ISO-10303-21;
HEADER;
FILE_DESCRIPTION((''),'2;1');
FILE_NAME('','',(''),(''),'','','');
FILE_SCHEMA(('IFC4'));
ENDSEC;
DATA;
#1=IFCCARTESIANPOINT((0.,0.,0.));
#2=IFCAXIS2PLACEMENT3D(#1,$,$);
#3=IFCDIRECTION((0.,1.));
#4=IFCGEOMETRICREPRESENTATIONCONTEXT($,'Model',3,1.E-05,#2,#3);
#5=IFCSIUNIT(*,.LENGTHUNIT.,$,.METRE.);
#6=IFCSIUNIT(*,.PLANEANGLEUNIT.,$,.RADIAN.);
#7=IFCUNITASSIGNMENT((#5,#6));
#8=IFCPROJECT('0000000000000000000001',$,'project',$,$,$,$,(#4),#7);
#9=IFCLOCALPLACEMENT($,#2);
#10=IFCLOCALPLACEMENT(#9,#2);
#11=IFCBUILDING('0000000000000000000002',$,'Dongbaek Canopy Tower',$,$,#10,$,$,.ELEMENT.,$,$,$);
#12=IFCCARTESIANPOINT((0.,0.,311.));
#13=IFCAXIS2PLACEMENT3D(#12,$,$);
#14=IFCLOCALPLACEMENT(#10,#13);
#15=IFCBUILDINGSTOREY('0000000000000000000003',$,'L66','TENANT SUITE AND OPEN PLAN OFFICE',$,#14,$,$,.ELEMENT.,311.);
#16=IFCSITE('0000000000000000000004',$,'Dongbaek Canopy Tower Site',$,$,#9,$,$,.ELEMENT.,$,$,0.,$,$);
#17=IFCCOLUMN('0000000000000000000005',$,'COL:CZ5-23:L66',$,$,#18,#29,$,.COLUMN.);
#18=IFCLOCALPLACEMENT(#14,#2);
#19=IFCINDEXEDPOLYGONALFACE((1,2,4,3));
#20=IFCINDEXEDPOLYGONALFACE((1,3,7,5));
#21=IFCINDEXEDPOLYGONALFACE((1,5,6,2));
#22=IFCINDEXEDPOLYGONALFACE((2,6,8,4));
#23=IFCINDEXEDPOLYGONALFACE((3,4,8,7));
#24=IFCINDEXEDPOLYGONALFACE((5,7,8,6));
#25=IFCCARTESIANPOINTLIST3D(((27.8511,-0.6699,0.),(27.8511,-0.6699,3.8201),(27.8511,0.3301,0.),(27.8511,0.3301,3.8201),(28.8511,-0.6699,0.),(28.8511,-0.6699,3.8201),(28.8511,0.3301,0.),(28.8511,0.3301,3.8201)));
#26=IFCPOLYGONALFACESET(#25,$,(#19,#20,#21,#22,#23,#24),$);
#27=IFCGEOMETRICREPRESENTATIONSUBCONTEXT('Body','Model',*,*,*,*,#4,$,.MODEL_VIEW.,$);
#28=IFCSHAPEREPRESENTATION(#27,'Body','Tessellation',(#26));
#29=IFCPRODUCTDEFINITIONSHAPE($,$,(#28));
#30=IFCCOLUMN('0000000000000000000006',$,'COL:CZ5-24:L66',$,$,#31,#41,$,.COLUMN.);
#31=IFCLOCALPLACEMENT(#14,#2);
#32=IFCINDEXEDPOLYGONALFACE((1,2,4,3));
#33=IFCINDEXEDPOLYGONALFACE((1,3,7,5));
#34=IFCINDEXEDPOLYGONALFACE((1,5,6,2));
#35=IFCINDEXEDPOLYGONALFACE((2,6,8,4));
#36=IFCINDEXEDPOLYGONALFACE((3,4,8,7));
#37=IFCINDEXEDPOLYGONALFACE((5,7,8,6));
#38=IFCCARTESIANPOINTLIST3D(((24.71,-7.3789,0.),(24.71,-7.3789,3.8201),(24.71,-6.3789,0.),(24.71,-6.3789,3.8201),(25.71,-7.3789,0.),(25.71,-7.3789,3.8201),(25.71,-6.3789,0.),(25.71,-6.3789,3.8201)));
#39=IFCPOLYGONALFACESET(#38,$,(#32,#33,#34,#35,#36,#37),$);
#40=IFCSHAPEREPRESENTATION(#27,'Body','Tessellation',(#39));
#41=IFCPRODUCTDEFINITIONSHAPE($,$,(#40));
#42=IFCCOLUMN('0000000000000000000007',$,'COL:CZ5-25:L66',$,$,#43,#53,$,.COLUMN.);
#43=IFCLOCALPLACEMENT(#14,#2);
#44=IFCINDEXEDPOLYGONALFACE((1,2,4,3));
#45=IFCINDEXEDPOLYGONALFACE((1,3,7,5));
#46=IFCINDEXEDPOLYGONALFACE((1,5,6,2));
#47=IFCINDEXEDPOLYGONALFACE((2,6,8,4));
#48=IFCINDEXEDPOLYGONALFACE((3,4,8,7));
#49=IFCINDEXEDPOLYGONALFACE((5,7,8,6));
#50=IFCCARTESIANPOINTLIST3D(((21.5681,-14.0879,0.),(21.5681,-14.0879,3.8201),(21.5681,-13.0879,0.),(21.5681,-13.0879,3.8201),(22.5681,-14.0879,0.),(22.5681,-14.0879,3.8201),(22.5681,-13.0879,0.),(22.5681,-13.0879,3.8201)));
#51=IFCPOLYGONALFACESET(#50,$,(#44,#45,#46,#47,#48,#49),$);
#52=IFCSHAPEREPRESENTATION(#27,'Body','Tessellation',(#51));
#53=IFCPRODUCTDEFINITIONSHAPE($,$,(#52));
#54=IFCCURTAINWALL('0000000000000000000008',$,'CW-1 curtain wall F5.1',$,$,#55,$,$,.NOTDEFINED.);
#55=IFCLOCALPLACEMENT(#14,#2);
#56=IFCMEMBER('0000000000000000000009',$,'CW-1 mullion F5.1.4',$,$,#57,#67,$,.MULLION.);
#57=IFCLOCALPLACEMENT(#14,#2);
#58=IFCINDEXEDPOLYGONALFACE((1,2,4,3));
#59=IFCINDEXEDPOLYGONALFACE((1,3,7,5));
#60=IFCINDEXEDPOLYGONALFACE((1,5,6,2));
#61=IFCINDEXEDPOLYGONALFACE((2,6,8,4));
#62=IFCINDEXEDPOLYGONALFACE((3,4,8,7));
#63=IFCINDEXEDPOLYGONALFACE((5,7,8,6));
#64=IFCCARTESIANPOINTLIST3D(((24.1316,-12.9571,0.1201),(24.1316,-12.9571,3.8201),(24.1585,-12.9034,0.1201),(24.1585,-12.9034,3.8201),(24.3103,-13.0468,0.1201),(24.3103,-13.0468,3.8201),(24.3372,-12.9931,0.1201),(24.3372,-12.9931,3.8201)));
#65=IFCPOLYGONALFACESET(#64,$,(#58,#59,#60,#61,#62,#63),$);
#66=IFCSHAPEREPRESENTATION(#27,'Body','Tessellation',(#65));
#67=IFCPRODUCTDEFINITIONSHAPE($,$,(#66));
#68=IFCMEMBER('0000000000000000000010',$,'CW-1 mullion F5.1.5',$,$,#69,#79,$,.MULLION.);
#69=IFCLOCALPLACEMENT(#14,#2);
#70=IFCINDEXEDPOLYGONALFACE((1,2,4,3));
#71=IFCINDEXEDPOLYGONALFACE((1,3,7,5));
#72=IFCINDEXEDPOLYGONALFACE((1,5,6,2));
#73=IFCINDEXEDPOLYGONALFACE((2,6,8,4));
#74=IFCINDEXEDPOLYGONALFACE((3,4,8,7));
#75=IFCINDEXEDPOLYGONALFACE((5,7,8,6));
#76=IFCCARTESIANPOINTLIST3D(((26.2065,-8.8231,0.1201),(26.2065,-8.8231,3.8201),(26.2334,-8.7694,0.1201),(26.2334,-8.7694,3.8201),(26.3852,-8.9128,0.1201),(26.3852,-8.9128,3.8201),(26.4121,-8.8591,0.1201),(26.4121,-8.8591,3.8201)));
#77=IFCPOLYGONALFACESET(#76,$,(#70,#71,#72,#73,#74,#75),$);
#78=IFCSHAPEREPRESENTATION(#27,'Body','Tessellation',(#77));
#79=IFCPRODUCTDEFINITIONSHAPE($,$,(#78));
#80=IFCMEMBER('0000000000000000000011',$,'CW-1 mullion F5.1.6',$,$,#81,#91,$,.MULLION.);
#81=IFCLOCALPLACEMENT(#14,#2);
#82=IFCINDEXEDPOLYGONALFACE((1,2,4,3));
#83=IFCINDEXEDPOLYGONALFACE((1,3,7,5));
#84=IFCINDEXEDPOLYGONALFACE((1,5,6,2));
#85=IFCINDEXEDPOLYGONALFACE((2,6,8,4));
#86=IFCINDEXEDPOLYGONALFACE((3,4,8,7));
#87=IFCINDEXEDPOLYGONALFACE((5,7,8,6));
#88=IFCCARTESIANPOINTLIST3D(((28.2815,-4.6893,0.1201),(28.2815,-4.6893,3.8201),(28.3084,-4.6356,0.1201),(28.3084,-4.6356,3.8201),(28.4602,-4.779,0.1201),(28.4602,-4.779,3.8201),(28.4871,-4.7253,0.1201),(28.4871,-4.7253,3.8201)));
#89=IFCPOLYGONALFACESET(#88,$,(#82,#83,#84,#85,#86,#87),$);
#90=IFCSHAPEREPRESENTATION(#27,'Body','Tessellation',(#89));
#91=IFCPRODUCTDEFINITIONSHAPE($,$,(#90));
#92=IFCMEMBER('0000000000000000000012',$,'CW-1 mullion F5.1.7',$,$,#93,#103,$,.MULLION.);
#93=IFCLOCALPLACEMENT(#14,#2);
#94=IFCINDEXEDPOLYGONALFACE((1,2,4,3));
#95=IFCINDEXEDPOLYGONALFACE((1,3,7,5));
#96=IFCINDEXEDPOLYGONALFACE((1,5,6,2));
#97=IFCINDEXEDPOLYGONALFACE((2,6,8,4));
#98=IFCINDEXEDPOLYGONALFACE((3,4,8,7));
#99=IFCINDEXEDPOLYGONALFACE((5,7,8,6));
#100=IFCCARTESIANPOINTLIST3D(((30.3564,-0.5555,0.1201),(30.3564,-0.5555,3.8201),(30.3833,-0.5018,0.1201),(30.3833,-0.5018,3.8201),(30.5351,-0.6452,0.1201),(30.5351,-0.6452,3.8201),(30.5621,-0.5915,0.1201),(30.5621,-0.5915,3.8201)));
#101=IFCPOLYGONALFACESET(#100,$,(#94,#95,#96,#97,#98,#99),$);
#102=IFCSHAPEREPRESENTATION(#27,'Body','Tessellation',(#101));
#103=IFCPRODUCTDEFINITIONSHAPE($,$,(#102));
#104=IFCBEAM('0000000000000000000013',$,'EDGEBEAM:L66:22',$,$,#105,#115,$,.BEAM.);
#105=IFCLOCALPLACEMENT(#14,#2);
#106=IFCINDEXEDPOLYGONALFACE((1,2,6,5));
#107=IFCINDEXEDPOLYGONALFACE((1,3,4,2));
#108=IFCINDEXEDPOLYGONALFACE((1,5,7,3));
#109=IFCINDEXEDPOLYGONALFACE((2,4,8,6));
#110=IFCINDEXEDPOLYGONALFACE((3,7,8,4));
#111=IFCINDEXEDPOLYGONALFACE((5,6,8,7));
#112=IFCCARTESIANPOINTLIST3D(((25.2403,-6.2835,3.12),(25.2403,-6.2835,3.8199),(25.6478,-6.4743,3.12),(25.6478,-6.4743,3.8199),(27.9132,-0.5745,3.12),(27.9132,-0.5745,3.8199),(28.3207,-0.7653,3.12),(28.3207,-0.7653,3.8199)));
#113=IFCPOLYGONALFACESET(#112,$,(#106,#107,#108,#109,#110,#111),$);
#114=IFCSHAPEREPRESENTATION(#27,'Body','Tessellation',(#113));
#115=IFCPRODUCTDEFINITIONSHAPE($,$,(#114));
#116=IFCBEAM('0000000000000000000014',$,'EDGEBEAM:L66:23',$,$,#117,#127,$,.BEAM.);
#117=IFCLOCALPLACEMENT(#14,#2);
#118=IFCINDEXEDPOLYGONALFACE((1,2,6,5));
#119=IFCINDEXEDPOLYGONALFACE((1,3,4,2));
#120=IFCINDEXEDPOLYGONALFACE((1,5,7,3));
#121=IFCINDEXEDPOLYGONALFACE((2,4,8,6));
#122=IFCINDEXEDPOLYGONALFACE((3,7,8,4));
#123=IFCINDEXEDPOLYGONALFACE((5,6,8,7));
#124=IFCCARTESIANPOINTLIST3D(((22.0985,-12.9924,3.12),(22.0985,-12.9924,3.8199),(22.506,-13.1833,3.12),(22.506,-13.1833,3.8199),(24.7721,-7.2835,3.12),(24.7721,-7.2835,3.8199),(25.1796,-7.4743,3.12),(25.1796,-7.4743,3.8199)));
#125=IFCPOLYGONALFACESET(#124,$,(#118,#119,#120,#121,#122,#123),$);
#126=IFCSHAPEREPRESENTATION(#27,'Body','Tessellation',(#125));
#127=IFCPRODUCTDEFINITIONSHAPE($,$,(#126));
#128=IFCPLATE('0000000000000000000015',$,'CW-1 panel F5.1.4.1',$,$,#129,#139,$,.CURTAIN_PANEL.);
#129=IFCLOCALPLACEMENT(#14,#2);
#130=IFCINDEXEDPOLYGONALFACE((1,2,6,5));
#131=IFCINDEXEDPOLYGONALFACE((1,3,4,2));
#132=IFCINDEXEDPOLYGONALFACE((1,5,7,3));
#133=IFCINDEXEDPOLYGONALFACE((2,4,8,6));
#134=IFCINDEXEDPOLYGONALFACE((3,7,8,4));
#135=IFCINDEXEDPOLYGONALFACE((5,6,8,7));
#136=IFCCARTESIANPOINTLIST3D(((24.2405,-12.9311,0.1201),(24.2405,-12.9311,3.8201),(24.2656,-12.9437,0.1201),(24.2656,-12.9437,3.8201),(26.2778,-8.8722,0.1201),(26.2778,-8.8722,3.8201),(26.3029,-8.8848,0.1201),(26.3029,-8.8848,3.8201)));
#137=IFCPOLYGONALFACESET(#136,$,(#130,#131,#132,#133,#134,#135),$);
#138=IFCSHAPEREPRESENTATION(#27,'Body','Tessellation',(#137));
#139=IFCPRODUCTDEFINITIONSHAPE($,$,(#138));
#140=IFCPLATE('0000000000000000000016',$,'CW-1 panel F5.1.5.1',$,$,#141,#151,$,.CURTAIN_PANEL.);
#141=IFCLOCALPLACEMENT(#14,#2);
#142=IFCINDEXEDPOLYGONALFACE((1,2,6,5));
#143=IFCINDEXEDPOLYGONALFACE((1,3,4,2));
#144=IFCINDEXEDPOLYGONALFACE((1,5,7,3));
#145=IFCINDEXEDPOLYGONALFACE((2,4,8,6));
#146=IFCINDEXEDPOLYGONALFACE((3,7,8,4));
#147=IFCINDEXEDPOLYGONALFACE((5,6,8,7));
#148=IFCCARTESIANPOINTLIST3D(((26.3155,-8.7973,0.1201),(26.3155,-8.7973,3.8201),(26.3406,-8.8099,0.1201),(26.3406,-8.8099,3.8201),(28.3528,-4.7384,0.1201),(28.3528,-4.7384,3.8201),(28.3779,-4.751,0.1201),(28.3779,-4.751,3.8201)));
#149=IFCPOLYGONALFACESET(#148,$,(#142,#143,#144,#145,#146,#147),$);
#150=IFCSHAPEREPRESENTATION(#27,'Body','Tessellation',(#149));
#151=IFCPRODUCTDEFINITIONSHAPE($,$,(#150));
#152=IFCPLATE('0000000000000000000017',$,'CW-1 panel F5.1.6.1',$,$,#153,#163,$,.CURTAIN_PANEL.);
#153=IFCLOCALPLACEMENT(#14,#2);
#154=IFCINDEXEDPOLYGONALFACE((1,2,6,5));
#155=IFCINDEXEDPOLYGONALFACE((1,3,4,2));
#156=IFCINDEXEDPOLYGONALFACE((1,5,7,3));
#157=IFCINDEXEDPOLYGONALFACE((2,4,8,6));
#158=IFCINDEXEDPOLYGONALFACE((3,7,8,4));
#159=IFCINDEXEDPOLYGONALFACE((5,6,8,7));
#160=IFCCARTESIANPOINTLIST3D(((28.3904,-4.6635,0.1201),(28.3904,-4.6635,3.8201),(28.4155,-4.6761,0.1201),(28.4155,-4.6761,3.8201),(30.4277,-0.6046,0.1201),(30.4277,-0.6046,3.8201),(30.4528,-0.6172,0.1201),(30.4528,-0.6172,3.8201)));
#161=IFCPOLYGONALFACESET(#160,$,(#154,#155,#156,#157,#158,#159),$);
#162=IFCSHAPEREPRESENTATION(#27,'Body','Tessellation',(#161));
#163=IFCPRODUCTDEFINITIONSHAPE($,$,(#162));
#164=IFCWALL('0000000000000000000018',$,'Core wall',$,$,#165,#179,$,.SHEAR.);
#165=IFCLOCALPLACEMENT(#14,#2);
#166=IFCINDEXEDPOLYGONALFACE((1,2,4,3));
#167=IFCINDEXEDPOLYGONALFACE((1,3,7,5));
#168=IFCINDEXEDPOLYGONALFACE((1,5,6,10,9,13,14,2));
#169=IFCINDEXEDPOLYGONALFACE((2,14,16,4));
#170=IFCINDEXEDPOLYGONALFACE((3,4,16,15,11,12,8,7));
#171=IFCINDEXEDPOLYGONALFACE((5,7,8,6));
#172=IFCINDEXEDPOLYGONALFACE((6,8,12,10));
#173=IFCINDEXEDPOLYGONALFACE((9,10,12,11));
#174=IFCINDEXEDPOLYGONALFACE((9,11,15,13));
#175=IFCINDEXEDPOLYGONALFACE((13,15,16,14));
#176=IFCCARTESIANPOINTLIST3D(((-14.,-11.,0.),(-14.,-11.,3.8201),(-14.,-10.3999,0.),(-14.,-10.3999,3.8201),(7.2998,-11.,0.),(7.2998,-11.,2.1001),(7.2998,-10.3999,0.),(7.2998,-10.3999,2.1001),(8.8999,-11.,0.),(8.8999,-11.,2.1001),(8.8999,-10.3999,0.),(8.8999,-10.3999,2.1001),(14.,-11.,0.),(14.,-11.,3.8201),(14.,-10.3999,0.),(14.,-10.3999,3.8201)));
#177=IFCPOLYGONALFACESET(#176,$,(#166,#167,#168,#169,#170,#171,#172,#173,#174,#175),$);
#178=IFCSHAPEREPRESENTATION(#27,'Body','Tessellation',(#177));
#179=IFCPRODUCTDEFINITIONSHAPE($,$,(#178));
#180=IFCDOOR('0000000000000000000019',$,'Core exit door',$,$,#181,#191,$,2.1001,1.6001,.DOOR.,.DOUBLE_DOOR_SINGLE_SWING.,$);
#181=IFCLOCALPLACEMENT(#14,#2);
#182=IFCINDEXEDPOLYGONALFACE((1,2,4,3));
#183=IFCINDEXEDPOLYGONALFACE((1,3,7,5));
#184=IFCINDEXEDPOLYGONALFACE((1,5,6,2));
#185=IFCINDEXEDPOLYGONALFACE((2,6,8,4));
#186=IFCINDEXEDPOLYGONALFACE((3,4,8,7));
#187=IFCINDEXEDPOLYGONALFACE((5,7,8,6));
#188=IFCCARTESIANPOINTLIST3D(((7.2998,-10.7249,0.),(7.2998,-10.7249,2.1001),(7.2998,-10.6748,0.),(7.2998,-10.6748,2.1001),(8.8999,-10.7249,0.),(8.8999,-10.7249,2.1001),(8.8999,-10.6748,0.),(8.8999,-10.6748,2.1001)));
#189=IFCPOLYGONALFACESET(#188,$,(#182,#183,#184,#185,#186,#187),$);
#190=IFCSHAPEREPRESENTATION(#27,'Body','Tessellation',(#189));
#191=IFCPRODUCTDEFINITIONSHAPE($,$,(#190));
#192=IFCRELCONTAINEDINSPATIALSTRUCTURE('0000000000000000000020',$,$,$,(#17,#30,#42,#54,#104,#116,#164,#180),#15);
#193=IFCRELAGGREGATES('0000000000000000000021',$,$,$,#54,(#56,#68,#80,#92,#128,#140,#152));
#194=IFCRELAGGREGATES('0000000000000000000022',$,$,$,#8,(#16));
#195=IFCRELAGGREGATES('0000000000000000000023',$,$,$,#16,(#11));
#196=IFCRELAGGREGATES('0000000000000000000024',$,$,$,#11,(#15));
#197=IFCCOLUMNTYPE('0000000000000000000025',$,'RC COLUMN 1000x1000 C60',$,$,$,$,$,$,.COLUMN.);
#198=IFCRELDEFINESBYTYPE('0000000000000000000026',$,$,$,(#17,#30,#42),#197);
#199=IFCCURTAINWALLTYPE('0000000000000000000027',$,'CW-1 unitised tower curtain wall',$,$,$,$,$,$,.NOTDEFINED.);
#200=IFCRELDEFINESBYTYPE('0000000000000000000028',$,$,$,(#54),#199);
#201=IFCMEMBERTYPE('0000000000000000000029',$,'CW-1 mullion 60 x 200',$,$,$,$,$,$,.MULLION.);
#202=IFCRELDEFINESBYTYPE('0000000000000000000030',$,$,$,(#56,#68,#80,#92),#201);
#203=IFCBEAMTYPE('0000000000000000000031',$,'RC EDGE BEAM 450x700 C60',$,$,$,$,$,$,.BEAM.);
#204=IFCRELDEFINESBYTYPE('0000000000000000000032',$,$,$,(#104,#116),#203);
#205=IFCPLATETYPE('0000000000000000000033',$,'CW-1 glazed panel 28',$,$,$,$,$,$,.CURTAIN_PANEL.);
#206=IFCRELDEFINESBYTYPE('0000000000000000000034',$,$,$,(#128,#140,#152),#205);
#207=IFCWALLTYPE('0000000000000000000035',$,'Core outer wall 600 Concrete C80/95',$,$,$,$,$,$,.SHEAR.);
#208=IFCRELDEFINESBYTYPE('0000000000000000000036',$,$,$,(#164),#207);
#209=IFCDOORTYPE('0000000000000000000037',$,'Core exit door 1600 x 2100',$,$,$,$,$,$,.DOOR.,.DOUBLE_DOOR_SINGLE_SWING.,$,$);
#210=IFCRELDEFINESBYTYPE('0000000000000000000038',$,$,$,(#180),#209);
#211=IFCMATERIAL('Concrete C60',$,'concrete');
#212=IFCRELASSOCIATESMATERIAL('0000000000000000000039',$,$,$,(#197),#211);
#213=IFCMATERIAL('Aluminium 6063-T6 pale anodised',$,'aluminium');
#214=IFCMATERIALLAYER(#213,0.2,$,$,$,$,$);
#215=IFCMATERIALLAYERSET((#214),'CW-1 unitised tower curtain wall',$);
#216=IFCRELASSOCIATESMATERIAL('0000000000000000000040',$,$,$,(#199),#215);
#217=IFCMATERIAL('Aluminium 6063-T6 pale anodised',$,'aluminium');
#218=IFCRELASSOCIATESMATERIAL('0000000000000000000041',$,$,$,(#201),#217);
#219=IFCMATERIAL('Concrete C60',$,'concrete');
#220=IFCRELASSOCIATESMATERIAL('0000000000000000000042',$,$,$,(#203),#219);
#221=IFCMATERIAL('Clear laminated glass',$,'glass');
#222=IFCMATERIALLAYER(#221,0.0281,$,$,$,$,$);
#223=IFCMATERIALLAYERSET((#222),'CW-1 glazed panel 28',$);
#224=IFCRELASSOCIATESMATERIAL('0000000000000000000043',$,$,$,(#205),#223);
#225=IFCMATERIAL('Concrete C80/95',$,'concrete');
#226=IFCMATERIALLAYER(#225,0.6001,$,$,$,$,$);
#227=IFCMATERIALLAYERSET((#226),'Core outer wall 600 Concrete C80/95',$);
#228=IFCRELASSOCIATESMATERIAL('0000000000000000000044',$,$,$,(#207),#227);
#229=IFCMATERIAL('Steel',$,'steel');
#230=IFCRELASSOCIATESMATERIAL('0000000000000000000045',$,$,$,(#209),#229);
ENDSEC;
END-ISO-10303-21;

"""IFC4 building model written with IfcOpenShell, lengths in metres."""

from ifc_helpers import new_model, si_unit, direction, frame, frame_2d, origin, origin_2d, place, context, subcontext, project, spatial, rectangle, extrude, material, layer, layer_set, material_profile, profile_set, type_object, element, fill, aggregate, save


model = new_model("IFC4")

# Units and contexts
model_context = context("Model", 3, precision=1e-05, world=origin(), true_north=direction((0.0, 1.0)))
body_context = subcontext(model_context, "Body", "Model", "MODEL_VIEW")
ifc_project = project(units=[si_unit("LENGTHUNIT", "METRE"), si_unit("PLANEANGLEUNIT", "RADIAN")], contexts=[model_context])

# Site, building, storey
site_placement = place(None, origin())
site = spatial("IfcSite", under=ifc_project, at=site_placement, Name="Dongbaek Canopy Tower Site", CompositionType="ELEMENT", RefElevation=0.0)
building_placement = place(site_placement, origin())
building = spatial("IfcBuilding", under=site, at=building_placement, Name="Dongbaek Canopy Tower", CompositionType="ELEMENT")
storey_placement = place(building_placement, frame((0.0, 0.0, 311.0)))
storey = spatial("IfcBuildingStorey", under=building, at=storey_placement, Name="L66", Description="TENANT SUITE AND OPEN PLAN OFFICE", CompositionType="ELEMENT", Elevation=311.0)

# Columns
ifc_material_1 = material(Name="Concrete C60", Category="concrete")
ifc_material_profile_1 = material_profile(ifc_material_1, rectangle(XDim=1.0, YDim=1.0, at=origin_2d()), Name="RC COLUMN 1000x1000 C60")
ifc_profile_set_1 = profile_set([ifc_material_profile_1], Name="Concrete C60")
column_type = type_object("IfcColumnType", Name="RC COLUMN 1000x1000 C60", PredefinedType="COLUMN", material=ifc_profile_set_1)
for number, where, z_axis, x_axis, name in (
    (1, (28.3511, -0.1699, 0.0), (0.0, 0.0, 1.0), (1.0, 0.0, 0.0), "COL:CZ5-23:L66"),
    (2, (25.21, -6.8789, 0.0), (0.0, 0.0, 1.0), (1.0, 0.0, 0.0), "COL:CZ5-24:L66"),
    (3, (22.0681, -13.5879, 0.0), (0.0, 0.0, 1.0), (1.0, 0.0, 0.0), "COL:CZ5-25:L66"),
):
    element("IfcColumn", number, at=place(storey_placement, frame(where, z_axis=z_axis, x_axis=x_axis)), inside=storey, type_object=column_type, Name=name, PredefinedType="COLUMN", context=body_context, shape_type="SweptSolid", body=[
        extrude(rectangle(XDim=1.0, YDim=1.0, at=origin_2d()), origin(), (0.0, 0.0, 1.0), 3.8201),
    ])

# Curtain wall, members
ifc_material_2 = material(Name="Aluminium 6063-T6 pale anodised", Category="aluminium")
ifc_layer_1 = layer(ifc_material_2, 0.2)
ifc_layer_set_1 = layer_set([ifc_layer_1], Name="CW-1 unitised tower curtain wall")
curtain_wall_type = type_object("IfcCurtainWallType", Name="CW-1 unitised tower curtain wall", PredefinedType="NOTDEFINED", material=ifc_layer_set_1)
curtain_wall_placement = place(storey_placement, origin())
curtain_wall = element("IfcCurtainWall", 4, at=curtain_wall_placement, inside=storey, type_object=curtain_wall_type, Name="CW-1 curtain wall F5.1", PredefinedType="NOTDEFINED")
ifc_material_3 = material(Name="Aluminium 6063-T6 pale anodised", Category="aluminium")
ifc_material_profile_2 = material_profile(ifc_material_3, rectangle(XDim=0.2, YDim=0.0601, at=origin_2d()), Name="CW-1 mullion 60 x 200")
ifc_profile_set_2 = profile_set([ifc_material_profile_2], Name="Aluminium 6063-T6 pale anodised")
member_type = type_object("IfcMemberType", Name="CW-1 mullion 60 x 200", PredefinedType="MULLION", material=ifc_profile_set_2)
member_1_placement = place(storey_placement, frame((24.2344, -12.9751, 0.1201), z_axis=(0.0, 0.0, 1.0), x_axis=(0.893733, -0.448598, 0.0)))
member_1 = element("IfcMember", 5, at=member_1_placement, type_object=member_type, Name="CW-1 mullion F5.1.4", PredefinedType="MULLION", context=body_context, shape_type="SweptSolid", body=[
    extrude(rectangle(XDim=0.2, YDim=0.0601, at=origin_2d()), origin(), (0.0, 0.0, 1.0), 3.7),
])
member_2_placement = place(storey_placement, frame((26.3093, -8.8411, 0.1201), z_axis=(0.0, 0.0, 1.0), x_axis=(0.893733, -0.448598, 0.0)))
member_2 = element("IfcMember", 6, at=member_2_placement, type_object=member_type, Name="CW-1 mullion F5.1.5", PredefinedType="MULLION", context=body_context, shape_type="SweptSolid", body=[
    extrude(rectangle(XDim=0.2, YDim=0.0601, at=origin_2d()), origin(), (0.0, 0.0, 1.0), 3.7),
])
member_3_placement = place(storey_placement, frame((28.3843, -4.7073, 0.1201), z_axis=(0.0, 0.0, 1.0), x_axis=(0.893733, -0.448598, 0.0)))
member_3 = element("IfcMember", 7, at=member_3_placement, type_object=member_type, Name="CW-1 mullion F5.1.6", PredefinedType="MULLION", context=body_context, shape_type="SweptSolid", body=[
    extrude(rectangle(XDim=0.2, YDim=0.0601, at=origin_2d()), origin(), (0.0, 0.0, 1.0), 3.7),
])
member_4_placement = place(storey_placement, frame((30.4592, -0.5735, 0.1201), z_axis=(0.0, 0.0, 1.0), x_axis=(0.893733, -0.448598, 0.0)))
member_4 = element("IfcMember", 8, at=member_4_placement, type_object=member_type, Name="CW-1 mullion F5.1.7", PredefinedType="MULLION", context=body_context, shape_type="SweptSolid", body=[
    extrude(rectangle(XDim=0.2, YDim=0.0601, at=origin_2d()), origin(), (0.0, 0.0, 1.0), 3.7),
])

# Beams
ifc_material_4 = material(Name="Concrete C60", Category="concrete")
ifc_material_profile_3 = material_profile(ifc_material_4, rectangle(XDim=0.45, YDim=0.7, at=origin_2d()), Name="RC EDGE BEAM 450x700 C60")
ifc_profile_set_3 = profile_set([ifc_material_profile_3], Name="Concrete C60")
beam_type = type_object("IfcBeamType", Name="RC EDGE BEAM 450x700 C60", PredefinedType="BEAM", material=ifc_profile_set_3)
beam_1_placement = place(storey_placement, frame((28.1169, -0.6699, 3.47), z_axis=(-0.424013, -0.905656, 0.0), x_axis=(0.905656, -0.424013, 0.0)))
element("IfcBeam", 9, at=beam_1_placement, inside=storey, type_object=beam_type, Name="EDGEBEAM:L66:22", PredefinedType="BEAM", context=body_context, shape_type="SweptSolid", body=[
    extrude(rectangle(XDim=0.45, YDim=0.7, at=origin_2d()), origin(), (0.0, 0.0, 1.0), 6.3037),
])
beam_2_placement = place(storey_placement, frame((24.9758, -7.3789, 3.47), z_axis=(-0.424108, -0.905611, 0.0), x_axis=(0.905611, -0.424108, 0.0)))
element("IfcBeam", 10, at=beam_2_placement, inside=storey, type_object=beam_type, Name="EDGEBEAM:L66:23", PredefinedType="BEAM", context=body_context, shape_type="SweptSolid", body=[
    extrude(rectangle(XDim=0.45, YDim=0.7, at=origin_2d()), origin(), (0.0, 0.0, 1.0), 6.304),
])

# Plates
ifc_material_5 = material(Name="Clear laminated glass", Category="glass")
ifc_layer_2 = layer(ifc_material_5, 0.0281)
ifc_layer_set_2 = layer_set([ifc_layer_2], Name="CW-1 glazed panel 28")
plate_type = type_object("IfcPlateType", Name="CW-1 glazed panel 28", PredefinedType="CURTAIN_PANEL", material=ifc_layer_set_2)
plate_1_placement = place(storey_placement, frame((25.2717, -10.908, 0.1201), z_axis=(0.0, 0.0, 1.0), x_axis=(0.448598, 0.893733, 0.0)))
plate_1 = element("IfcPlate", 11, at=plate_1_placement, type_object=plate_type, Name="CW-1 panel F5.1.4.1", PredefinedType="CURTAIN_PANEL", context=body_context, shape_type="SweptSolid", body=[
    extrude(rectangle(XDim=4.5415, YDim=0.0281, at=origin_2d()), origin(), (0.0, 0.0, 1.0), 3.7),
])
plate_2_placement = place(storey_placement, frame((27.3467, -6.7742, 0.1201), z_axis=(0.0, 0.0, 1.0), x_axis=(0.448598, 0.893733, 0.0)))
plate_2 = element("IfcPlate", 12, at=plate_2_placement, type_object=plate_type, Name="CW-1 panel F5.1.5.1", PredefinedType="CURTAIN_PANEL", context=body_context, shape_type="SweptSolid", body=[
    extrude(rectangle(XDim=4.5415, YDim=0.0281, at=origin_2d()), origin(), (0.0, 0.0, 1.0), 3.7),
])
plate_3_placement = place(storey_placement, frame((29.4216, -2.6404, 0.1201), z_axis=(0.0, 0.0, 1.0), x_axis=(0.448598, 0.893733, 0.0)))
plate_3 = element("IfcPlate", 13, at=plate_3_placement, type_object=plate_type, Name="CW-1 panel F5.1.6.1", PredefinedType="CURTAIN_PANEL", context=body_context, shape_type="SweptSolid", body=[
    extrude(rectangle(XDim=4.5415, YDim=0.0281, at=origin_2d()), origin(), (0.0, 0.0, 1.0), 3.7),
])

# Wall, opening, door
ifc_material_6 = material(Name="Concrete C80/95", Category="concrete")
ifc_layer_3 = layer(ifc_material_6, 0.6001)
ifc_layer_set_3 = layer_set([ifc_layer_3], Name="Core outer wall 600 Concrete C80/95")
wall_type_1 = type_object("IfcWallType", Name="Core outer wall 600 Concrete C80/95", PredefinedType="SHEAR", material=ifc_layer_set_3)
wall_1_placement = place(storey_placement, frame((14.0, -10.7, 0.0), z_axis=(0.0, 0.0, 1.0), x_axis=(-1.0, 0.0, 0.0)))
wall_1 = element("IfcWall", 14, at=wall_1_placement, inside=storey, type_object=wall_type_1, Name="Core wall", PredefinedType="SHEAR", context=body_context, shape_type="SweptSolid", body=[
    extrude(rectangle(XDim=28.0, YDim=0.6001, at=frame_2d((14.0, 0.0))), origin(), (0.0, 0.0, 1.0), 3.8201),
])
opening_placement = place(wall_1_placement, frame((5.1001, 0.0, 0.0)))
opening = element("IfcOpeningElement", 15, at=opening_placement, cuts=wall_1, PredefinedType="OPENING", context=body_context, shape_type="SweptSolid", body=[
    extrude(rectangle(XDim=1.6001, YDim=2.1001, at=frame_2d((0.8, 1.05))), frame((0.0, 0.3101, 0.0), z_axis=(0.0, -1.0, 0.0), x_axis=(1.0, 0.0, 0.0)), (0.0, 0.0, 1.0), 0.6201),
])
ifc_material_7 = material(Name="Steel", Category="steel")
door_type = type_object("IfcDoorType", Name="Core exit door 1600 x 2100", OperationType="DOUBLE_DOOR_SINGLE_SWING", PredefinedType="DOOR", material=ifc_material_7)
door_placement = place(opening_placement, origin())
door = element("IfcDoor", 16, at=door_placement, inside=storey, type_object=door_type, Name="Core exit door", OperationType="DOUBLE_DOOR_SINGLE_SWING", OverallHeight=2.1001, OverallWidth=1.6001, PredefinedType="DOOR", context=body_context, shape_type="SweptSolid", body=[
    extrude(rectangle(XDim=1.6001, YDim=2.1001, at=frame_2d((0.8, 1.05))), frame((0.0, 0.0249, 0.0), z_axis=(0.0, -1.0, 0.0), x_axis=(1.0, 0.0, 0.0)), (0.0, 0.0, 1.0), 0.05),
])
fill(opening, door)

aggregate(curtain_wall, [member_1, member_2, member_3, member_4, plate_1, plate_2, plate_3])

save(model, "model.ifc")
